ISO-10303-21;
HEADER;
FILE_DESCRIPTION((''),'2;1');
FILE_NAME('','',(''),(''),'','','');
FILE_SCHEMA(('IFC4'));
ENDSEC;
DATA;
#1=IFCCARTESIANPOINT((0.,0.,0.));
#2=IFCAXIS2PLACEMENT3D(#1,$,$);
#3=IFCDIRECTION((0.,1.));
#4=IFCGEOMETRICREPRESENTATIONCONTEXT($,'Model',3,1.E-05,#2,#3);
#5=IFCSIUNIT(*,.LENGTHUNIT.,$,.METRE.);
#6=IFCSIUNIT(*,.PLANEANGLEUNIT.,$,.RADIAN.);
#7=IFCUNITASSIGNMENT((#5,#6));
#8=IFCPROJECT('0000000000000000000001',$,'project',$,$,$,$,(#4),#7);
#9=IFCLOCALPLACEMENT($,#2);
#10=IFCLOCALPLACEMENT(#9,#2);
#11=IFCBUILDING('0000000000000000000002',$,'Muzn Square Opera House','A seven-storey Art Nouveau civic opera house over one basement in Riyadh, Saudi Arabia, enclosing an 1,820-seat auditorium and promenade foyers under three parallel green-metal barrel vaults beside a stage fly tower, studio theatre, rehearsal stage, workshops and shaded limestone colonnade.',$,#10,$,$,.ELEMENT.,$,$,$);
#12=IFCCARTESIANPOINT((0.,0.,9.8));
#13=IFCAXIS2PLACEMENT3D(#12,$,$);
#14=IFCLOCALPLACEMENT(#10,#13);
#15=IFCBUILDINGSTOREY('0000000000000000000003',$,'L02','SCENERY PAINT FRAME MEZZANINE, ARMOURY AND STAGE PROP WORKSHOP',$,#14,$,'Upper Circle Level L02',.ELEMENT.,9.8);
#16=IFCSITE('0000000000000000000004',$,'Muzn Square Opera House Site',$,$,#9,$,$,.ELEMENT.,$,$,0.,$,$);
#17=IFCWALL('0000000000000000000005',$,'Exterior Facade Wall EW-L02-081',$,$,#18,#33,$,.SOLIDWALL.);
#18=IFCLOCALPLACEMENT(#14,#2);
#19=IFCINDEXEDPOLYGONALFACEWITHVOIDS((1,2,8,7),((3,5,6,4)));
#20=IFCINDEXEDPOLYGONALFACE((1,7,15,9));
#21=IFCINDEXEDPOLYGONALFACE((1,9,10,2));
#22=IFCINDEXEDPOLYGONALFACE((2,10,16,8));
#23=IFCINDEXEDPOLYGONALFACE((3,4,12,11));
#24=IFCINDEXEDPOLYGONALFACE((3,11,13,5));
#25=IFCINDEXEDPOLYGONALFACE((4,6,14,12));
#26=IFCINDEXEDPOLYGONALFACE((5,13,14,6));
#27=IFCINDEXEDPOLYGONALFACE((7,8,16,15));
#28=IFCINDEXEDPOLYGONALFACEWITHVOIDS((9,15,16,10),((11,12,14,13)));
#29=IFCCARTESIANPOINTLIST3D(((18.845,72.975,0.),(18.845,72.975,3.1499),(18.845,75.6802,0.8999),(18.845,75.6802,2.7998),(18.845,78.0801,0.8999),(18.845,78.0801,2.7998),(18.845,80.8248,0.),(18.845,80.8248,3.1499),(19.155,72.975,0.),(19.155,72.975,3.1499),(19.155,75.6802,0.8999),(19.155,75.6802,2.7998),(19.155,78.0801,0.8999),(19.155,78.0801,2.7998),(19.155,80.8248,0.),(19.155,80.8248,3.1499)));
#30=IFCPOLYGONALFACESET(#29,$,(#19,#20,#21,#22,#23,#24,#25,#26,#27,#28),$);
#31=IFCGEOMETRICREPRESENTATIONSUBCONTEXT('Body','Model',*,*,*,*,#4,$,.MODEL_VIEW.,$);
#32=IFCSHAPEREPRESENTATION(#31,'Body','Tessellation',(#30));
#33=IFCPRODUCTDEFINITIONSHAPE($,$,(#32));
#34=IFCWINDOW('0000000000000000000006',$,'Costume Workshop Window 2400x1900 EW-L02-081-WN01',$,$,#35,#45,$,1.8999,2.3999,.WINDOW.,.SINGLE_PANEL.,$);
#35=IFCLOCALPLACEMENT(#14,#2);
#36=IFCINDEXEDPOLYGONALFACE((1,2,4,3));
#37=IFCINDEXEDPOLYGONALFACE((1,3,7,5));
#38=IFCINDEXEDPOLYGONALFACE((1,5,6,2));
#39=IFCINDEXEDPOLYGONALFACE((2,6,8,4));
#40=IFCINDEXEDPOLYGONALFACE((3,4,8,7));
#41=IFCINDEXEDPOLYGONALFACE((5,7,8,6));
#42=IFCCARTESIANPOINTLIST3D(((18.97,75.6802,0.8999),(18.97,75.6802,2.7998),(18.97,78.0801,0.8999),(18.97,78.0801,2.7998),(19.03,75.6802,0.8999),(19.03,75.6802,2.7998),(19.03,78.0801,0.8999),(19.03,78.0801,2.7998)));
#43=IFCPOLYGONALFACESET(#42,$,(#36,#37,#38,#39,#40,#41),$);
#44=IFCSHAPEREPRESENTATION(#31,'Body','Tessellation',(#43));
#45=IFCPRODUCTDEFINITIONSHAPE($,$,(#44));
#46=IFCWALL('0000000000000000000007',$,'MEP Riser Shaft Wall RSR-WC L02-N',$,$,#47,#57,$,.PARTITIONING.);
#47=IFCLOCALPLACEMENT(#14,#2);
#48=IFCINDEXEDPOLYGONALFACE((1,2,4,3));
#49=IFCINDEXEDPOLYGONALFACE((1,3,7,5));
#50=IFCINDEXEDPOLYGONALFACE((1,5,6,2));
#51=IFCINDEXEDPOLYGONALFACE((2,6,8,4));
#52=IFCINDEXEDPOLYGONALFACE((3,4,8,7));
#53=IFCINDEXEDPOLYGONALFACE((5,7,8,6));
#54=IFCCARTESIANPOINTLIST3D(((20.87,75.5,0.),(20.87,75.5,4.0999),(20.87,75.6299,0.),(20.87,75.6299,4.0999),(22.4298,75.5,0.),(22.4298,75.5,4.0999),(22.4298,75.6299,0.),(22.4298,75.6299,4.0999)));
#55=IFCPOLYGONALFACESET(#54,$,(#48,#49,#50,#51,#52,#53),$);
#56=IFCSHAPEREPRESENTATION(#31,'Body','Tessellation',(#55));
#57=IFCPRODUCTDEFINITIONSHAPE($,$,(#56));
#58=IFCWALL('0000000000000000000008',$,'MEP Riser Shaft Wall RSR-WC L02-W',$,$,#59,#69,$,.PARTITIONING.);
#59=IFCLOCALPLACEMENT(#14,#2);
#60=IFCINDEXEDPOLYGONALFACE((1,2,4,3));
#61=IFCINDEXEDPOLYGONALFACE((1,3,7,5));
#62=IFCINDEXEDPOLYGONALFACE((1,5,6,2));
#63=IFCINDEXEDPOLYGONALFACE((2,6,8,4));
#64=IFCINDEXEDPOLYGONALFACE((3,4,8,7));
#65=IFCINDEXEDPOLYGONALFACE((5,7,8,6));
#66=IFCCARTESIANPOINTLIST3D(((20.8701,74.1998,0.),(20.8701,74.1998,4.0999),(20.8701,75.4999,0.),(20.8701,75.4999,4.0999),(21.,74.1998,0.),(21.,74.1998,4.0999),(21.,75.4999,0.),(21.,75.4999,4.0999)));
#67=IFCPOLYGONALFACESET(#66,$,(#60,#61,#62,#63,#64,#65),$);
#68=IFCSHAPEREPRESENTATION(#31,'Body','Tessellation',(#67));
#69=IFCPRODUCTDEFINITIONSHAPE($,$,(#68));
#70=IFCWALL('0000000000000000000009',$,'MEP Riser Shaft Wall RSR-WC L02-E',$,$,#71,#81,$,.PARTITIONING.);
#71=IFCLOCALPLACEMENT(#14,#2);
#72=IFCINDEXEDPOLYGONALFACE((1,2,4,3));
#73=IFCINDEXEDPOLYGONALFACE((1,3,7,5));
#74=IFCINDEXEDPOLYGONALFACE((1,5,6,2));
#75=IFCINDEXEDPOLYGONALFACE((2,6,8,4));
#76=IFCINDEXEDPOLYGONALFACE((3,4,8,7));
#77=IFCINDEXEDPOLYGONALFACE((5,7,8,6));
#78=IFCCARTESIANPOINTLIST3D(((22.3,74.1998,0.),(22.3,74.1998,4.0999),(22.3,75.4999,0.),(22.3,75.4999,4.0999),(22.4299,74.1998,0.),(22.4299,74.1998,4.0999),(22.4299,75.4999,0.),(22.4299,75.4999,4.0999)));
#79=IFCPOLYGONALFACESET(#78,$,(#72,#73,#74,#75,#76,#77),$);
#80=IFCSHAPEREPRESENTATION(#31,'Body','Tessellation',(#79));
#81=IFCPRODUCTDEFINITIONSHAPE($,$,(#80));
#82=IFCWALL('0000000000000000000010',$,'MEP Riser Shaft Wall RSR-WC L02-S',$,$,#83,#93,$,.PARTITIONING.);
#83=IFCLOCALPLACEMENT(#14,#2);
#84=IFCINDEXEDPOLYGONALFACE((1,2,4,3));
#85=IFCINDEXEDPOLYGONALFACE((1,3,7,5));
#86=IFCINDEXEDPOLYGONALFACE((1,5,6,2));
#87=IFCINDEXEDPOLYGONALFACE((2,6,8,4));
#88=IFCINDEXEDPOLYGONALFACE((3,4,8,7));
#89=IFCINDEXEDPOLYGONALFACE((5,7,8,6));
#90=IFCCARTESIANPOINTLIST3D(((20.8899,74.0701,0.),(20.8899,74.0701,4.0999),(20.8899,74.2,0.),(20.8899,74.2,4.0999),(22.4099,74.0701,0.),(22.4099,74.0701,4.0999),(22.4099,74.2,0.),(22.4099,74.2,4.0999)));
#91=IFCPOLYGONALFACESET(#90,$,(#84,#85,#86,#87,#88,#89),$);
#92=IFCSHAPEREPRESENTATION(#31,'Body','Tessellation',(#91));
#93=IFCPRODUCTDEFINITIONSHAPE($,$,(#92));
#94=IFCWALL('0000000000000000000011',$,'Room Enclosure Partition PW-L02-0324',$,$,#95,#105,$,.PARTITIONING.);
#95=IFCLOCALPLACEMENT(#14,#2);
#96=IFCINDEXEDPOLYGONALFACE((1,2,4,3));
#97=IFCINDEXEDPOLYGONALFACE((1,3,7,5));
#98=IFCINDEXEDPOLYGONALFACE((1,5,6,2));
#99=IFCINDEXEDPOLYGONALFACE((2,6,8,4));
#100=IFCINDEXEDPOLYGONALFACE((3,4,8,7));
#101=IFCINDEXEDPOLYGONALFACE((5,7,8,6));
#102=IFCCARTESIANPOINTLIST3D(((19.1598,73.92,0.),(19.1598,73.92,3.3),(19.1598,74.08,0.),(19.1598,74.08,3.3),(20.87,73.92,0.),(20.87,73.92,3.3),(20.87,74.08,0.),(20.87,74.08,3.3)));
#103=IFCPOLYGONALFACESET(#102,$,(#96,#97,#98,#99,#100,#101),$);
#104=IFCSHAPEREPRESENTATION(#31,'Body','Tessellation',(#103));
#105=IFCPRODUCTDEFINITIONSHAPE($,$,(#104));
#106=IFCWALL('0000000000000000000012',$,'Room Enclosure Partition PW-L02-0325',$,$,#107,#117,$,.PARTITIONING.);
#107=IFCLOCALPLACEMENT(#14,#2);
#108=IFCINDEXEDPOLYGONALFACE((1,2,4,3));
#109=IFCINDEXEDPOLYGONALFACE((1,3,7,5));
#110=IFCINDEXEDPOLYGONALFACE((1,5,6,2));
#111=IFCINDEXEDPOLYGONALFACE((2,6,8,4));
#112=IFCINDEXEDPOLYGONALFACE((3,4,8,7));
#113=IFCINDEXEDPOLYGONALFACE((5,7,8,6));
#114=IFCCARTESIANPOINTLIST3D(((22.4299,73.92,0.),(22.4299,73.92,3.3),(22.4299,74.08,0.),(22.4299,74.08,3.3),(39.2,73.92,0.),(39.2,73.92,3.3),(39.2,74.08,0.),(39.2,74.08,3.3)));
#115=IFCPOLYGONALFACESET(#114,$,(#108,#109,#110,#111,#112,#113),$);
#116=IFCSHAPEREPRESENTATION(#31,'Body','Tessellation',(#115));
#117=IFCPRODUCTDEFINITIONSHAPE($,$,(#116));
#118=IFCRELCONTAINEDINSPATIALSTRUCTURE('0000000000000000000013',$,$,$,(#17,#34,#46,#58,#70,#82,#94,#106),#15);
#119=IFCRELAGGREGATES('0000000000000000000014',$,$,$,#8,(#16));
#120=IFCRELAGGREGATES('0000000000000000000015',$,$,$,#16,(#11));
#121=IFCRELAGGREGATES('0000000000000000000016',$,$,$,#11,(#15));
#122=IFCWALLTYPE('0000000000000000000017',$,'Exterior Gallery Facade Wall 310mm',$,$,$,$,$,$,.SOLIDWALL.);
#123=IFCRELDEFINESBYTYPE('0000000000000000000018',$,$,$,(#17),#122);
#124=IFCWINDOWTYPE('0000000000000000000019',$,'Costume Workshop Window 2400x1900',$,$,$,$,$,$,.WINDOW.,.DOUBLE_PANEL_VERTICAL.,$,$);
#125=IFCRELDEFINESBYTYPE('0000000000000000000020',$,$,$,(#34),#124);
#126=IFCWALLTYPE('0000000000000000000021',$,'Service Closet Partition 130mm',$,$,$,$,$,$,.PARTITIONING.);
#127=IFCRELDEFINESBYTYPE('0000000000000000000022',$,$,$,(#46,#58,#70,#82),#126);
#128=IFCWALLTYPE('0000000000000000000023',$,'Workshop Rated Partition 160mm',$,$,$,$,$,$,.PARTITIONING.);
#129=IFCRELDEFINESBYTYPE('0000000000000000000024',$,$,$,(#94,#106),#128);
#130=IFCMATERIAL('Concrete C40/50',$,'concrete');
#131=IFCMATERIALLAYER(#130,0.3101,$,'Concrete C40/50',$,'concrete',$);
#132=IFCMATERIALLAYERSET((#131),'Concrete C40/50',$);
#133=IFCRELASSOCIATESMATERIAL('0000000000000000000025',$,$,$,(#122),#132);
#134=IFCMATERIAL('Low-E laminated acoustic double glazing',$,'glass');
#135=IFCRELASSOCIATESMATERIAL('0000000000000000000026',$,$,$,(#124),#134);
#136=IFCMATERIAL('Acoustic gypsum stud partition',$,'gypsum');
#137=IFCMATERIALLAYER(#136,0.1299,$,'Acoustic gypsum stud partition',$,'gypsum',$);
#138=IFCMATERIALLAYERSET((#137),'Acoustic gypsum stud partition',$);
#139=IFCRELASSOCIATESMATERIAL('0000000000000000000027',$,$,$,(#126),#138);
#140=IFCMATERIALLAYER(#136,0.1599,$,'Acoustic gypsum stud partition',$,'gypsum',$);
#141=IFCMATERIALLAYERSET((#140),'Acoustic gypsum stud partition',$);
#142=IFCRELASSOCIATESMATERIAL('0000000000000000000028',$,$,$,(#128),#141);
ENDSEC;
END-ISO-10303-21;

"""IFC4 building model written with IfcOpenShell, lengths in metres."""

from ifc_helpers import new_model, si_unit, direction, frame, frame_2d, origin, place, context, subcontext, project, spatial, rectangle, extrude, material, layer, layer_set, type_object, element, fill, save


model = new_model("IFC4")

# Units and contexts
model_context = context("Model", 3, precision=1e-05, world=origin(), true_north=direction((0.0, 1.0)))
body_context = subcontext(model_context, "Body", "Model", "MODEL_VIEW")
ifc_project = project(units=[si_unit("LENGTHUNIT", "METRE"), si_unit("PLANEANGLEUNIT", "RADIAN")], contexts=[model_context])

# Site, building, storey
site_placement = place(None, origin())
site = spatial("IfcSite", under=ifc_project, at=site_placement, Name="Muzn Square Opera House Site", CompositionType="ELEMENT", RefElevation=0.0)
building_placement = place(site_placement, origin())
building = spatial("IfcBuilding", under=site, at=building_placement, Name="Muzn Square Opera House", Description="A seven-storey Art Nouveau civic opera house over one basement in Riyadh, Saudi Arabia, enclosing an 1,820-seat auditorium and promenade foyers under three parallel green-metal barrel vaults beside a stage fly tower, studio theatre, rehearsal stage, workshops and shaded limestone colonnade.", CompositionType="ELEMENT")
storey_placement = place(building_placement, frame((0.0, 0.0, 9.8)))
storey = spatial("IfcBuildingStorey", under=building, at=storey_placement, Name="L02", Description="SCENERY PAINT FRAME MEZZANINE, ARMOURY AND STAGE PROP WORKSHOP", LongName="Upper Circle Level L02", CompositionType="ELEMENT", Elevation=9.8)

# Shared definitions
ifc_material_1 = material(Name="Low-E laminated acoustic double glazing", Category="glass")

# Shared definitions
ifc_material_2 = material(Name="Concrete C40/50", Category="concrete")

# Wall, opening, window
ifc_layer_1 = layer(ifc_material_2, 0.3101, Name="Concrete C40/50", Category="concrete")
ifc_layer_set_1 = layer_set([ifc_layer_1], Name="Concrete C40/50")
wall_type_1 = type_object("IfcWallType", Name="Exterior Gallery Facade Wall 310mm", PredefinedType="SOLIDWALL", material=ifc_layer_set_1)
wall_1_placement = place(storey_placement, frame((19.0, 72.9751, 0.0), z_axis=(0.0, 0.0, 1.0), x_axis=(0.0, 1.0, 0.0)))
wall_1 = element("IfcWall", 1, at=wall_1_placement, inside=storey, type_object=wall_type_1, Name="Exterior Facade Wall EW-L02-081", PredefinedType="SOLIDWALL", context=body_context, shape_type="SweptSolid", body=[
    extrude(rectangle(XDim=7.8499, YDim=0.3101, at=frame_2d((3.9248, 0.0))), origin(), (0.0, 0.0, 1.0), 3.1499),
])
opening_placement = place(wall_1_placement, frame((2.7051, 0.0, 0.8999)))
opening = element("IfcOpeningElement", 2, at=opening_placement, cuts=wall_1, PredefinedType="OPENING", context=body_context, shape_type="SweptSolid", body=[
    extrude(rectangle(XDim=2.3999, YDim=1.8999, at=frame_2d((1.2, 0.95))), frame((0.0, 0.165, 0.0), z_axis=(0.0, -1.0, 0.0), x_axis=(1.0, 0.0, 0.0)), (0.0, 0.0, 1.0), 0.3301),
])
window_type = type_object("IfcWindowType", Name="Costume Workshop Window 2400x1900", PartitioningType="DOUBLE_PANEL_VERTICAL", PredefinedType="WINDOW", material=ifc_material_1)
window_placement = place(opening_placement, origin())
window = element("IfcWindow", 3, at=window_placement, inside=storey, type_object=window_type, Name="Costume Workshop Window 2400x1900 EW-L02-081-WN01", OverallHeight=1.8999, OverallWidth=2.3999, PartitioningType="SINGLE_PANEL", PredefinedType="WINDOW", context=body_context, shape_type="SweptSolid", body=[
    extrude(rectangle(XDim=2.3999, YDim=1.8999, at=frame_2d((1.2, 0.95))), frame((0.0, 0.03, 0.0), z_axis=(0.0, -1.0, 0.0), x_axis=(1.0, 0.0, 0.0)), (0.0, 0.0, 1.0), 0.0601),
])
fill(opening, window)

# Walls
ifc_material_3 = material(Name="Acoustic gypsum stud partition", Category="gypsum")
ifc_layer_2 = layer(ifc_material_3, 0.1299, Name="Acoustic gypsum stud partition", Category="gypsum")
ifc_layer_set_2 = layer_set([ifc_layer_2], Name="Acoustic gypsum stud partition")
wall_type_2 = type_object("IfcWallType", Name="Service Closet Partition 130mm", PredefinedType="PARTITIONING", material=ifc_layer_set_2)
wall_2_placement = place(storey_placement, frame((20.8701, 75.5649, 0.0), z_axis=(0.0, 0.0, 1.0), x_axis=(1.0, 0.0, 0.0)))
element("IfcWall", 4, at=wall_2_placement, inside=storey, type_object=wall_type_2, Name="MEP Riser Shaft Wall RSR-WC L02-N", PredefinedType="PARTITIONING", context=body_context, shape_type="SweptSolid", body=[
    extrude(rectangle(XDim=1.5598, YDim=0.1299, at=frame_2d((0.7798, 0.0))), origin(), (0.0, 0.0, 1.0), 4.0999),
])
for number, where, z_axis, x_axis, name in (
    (5, (20.9351, 74.2, 0.0), (0.0, 0.0, 1.0), (0.0, 1.0, 0.0), "MEP Riser Shaft Wall RSR-WC L02-W"),
    (6, (22.365, 74.2, 0.0), (0.0, 0.0, 1.0), (0.0, 1.0, 0.0), "MEP Riser Shaft Wall RSR-WC L02-E"),
):
    element("IfcWall", number, at=place(storey_placement, frame(where, z_axis=z_axis, x_axis=x_axis)), inside=storey, type_object=wall_type_2, Name=name, PredefinedType="PARTITIONING", context=body_context, shape_type="SweptSolid", body=[
        extrude(rectangle(XDim=1.3, YDim=0.1299, at=frame_2d((0.6499, 0.0))), origin(), (0.0, 0.0, 1.0), 4.0999),
    ])
wall_3_placement = place(storey_placement, frame((20.8899, 74.135, 0.0), z_axis=(0.0, 0.0, 1.0), x_axis=(1.0, 0.0, 0.0)))
element("IfcWall", 7, at=wall_3_placement, inside=storey, type_object=wall_type_2, Name="MEP Riser Shaft Wall RSR-WC L02-S", PredefinedType="PARTITIONING", context=body_context, shape_type="SweptSolid", body=[
    extrude(rectangle(XDim=1.52, YDim=0.1299, at=frame_2d((0.76, 0.0))), origin(), (0.0, 0.0, 1.0), 4.0999),
])
ifc_layer_3 = layer(ifc_material_3, 0.1599, Name="Acoustic gypsum stud partition", Category="gypsum")
ifc_layer_set_3 = layer_set([ifc_layer_3], Name="Acoustic gypsum stud partition")
wall_type_3 = type_object("IfcWallType", Name="Workshop Rated Partition 160mm", PredefinedType="PARTITIONING", material=ifc_layer_set_3)
wall_4_placement = place(storey_placement, frame((19.1599, 74.0, 0.0), z_axis=(0.0, 0.0, 1.0), x_axis=(1.0, 0.0, 0.0)))
element("IfcWall", 8, at=wall_4_placement, inside=storey, type_object=wall_type_3, Name="Room Enclosure Partition PW-L02-0324", PredefinedType="PARTITIONING", context=body_context, shape_type="SweptSolid", body=[
    extrude(rectangle(XDim=1.7102, YDim=0.1599, at=frame_2d((0.855, 0.0))), origin(), (0.0, 0.0, 1.0), 3.3),
])
wall_5_placement = place(storey_placement, frame((22.4299, 74.0, 0.0), z_axis=(0.0, 0.0, 1.0), x_axis=(1.0, 0.0, 0.0)))
element("IfcWall", 9, at=wall_5_placement, inside=storey, type_object=wall_type_3, Name="Room Enclosure Partition PW-L02-0325", PredefinedType="PARTITIONING", context=body_context, shape_type="SweptSolid", body=[
    extrude(rectangle(XDim=16.77, YDim=0.1599, at=frame_2d((8.385, 0.0))), origin(), (0.0, 0.0, 1.0), 3.3),
])

save(model, "model.ifc")
